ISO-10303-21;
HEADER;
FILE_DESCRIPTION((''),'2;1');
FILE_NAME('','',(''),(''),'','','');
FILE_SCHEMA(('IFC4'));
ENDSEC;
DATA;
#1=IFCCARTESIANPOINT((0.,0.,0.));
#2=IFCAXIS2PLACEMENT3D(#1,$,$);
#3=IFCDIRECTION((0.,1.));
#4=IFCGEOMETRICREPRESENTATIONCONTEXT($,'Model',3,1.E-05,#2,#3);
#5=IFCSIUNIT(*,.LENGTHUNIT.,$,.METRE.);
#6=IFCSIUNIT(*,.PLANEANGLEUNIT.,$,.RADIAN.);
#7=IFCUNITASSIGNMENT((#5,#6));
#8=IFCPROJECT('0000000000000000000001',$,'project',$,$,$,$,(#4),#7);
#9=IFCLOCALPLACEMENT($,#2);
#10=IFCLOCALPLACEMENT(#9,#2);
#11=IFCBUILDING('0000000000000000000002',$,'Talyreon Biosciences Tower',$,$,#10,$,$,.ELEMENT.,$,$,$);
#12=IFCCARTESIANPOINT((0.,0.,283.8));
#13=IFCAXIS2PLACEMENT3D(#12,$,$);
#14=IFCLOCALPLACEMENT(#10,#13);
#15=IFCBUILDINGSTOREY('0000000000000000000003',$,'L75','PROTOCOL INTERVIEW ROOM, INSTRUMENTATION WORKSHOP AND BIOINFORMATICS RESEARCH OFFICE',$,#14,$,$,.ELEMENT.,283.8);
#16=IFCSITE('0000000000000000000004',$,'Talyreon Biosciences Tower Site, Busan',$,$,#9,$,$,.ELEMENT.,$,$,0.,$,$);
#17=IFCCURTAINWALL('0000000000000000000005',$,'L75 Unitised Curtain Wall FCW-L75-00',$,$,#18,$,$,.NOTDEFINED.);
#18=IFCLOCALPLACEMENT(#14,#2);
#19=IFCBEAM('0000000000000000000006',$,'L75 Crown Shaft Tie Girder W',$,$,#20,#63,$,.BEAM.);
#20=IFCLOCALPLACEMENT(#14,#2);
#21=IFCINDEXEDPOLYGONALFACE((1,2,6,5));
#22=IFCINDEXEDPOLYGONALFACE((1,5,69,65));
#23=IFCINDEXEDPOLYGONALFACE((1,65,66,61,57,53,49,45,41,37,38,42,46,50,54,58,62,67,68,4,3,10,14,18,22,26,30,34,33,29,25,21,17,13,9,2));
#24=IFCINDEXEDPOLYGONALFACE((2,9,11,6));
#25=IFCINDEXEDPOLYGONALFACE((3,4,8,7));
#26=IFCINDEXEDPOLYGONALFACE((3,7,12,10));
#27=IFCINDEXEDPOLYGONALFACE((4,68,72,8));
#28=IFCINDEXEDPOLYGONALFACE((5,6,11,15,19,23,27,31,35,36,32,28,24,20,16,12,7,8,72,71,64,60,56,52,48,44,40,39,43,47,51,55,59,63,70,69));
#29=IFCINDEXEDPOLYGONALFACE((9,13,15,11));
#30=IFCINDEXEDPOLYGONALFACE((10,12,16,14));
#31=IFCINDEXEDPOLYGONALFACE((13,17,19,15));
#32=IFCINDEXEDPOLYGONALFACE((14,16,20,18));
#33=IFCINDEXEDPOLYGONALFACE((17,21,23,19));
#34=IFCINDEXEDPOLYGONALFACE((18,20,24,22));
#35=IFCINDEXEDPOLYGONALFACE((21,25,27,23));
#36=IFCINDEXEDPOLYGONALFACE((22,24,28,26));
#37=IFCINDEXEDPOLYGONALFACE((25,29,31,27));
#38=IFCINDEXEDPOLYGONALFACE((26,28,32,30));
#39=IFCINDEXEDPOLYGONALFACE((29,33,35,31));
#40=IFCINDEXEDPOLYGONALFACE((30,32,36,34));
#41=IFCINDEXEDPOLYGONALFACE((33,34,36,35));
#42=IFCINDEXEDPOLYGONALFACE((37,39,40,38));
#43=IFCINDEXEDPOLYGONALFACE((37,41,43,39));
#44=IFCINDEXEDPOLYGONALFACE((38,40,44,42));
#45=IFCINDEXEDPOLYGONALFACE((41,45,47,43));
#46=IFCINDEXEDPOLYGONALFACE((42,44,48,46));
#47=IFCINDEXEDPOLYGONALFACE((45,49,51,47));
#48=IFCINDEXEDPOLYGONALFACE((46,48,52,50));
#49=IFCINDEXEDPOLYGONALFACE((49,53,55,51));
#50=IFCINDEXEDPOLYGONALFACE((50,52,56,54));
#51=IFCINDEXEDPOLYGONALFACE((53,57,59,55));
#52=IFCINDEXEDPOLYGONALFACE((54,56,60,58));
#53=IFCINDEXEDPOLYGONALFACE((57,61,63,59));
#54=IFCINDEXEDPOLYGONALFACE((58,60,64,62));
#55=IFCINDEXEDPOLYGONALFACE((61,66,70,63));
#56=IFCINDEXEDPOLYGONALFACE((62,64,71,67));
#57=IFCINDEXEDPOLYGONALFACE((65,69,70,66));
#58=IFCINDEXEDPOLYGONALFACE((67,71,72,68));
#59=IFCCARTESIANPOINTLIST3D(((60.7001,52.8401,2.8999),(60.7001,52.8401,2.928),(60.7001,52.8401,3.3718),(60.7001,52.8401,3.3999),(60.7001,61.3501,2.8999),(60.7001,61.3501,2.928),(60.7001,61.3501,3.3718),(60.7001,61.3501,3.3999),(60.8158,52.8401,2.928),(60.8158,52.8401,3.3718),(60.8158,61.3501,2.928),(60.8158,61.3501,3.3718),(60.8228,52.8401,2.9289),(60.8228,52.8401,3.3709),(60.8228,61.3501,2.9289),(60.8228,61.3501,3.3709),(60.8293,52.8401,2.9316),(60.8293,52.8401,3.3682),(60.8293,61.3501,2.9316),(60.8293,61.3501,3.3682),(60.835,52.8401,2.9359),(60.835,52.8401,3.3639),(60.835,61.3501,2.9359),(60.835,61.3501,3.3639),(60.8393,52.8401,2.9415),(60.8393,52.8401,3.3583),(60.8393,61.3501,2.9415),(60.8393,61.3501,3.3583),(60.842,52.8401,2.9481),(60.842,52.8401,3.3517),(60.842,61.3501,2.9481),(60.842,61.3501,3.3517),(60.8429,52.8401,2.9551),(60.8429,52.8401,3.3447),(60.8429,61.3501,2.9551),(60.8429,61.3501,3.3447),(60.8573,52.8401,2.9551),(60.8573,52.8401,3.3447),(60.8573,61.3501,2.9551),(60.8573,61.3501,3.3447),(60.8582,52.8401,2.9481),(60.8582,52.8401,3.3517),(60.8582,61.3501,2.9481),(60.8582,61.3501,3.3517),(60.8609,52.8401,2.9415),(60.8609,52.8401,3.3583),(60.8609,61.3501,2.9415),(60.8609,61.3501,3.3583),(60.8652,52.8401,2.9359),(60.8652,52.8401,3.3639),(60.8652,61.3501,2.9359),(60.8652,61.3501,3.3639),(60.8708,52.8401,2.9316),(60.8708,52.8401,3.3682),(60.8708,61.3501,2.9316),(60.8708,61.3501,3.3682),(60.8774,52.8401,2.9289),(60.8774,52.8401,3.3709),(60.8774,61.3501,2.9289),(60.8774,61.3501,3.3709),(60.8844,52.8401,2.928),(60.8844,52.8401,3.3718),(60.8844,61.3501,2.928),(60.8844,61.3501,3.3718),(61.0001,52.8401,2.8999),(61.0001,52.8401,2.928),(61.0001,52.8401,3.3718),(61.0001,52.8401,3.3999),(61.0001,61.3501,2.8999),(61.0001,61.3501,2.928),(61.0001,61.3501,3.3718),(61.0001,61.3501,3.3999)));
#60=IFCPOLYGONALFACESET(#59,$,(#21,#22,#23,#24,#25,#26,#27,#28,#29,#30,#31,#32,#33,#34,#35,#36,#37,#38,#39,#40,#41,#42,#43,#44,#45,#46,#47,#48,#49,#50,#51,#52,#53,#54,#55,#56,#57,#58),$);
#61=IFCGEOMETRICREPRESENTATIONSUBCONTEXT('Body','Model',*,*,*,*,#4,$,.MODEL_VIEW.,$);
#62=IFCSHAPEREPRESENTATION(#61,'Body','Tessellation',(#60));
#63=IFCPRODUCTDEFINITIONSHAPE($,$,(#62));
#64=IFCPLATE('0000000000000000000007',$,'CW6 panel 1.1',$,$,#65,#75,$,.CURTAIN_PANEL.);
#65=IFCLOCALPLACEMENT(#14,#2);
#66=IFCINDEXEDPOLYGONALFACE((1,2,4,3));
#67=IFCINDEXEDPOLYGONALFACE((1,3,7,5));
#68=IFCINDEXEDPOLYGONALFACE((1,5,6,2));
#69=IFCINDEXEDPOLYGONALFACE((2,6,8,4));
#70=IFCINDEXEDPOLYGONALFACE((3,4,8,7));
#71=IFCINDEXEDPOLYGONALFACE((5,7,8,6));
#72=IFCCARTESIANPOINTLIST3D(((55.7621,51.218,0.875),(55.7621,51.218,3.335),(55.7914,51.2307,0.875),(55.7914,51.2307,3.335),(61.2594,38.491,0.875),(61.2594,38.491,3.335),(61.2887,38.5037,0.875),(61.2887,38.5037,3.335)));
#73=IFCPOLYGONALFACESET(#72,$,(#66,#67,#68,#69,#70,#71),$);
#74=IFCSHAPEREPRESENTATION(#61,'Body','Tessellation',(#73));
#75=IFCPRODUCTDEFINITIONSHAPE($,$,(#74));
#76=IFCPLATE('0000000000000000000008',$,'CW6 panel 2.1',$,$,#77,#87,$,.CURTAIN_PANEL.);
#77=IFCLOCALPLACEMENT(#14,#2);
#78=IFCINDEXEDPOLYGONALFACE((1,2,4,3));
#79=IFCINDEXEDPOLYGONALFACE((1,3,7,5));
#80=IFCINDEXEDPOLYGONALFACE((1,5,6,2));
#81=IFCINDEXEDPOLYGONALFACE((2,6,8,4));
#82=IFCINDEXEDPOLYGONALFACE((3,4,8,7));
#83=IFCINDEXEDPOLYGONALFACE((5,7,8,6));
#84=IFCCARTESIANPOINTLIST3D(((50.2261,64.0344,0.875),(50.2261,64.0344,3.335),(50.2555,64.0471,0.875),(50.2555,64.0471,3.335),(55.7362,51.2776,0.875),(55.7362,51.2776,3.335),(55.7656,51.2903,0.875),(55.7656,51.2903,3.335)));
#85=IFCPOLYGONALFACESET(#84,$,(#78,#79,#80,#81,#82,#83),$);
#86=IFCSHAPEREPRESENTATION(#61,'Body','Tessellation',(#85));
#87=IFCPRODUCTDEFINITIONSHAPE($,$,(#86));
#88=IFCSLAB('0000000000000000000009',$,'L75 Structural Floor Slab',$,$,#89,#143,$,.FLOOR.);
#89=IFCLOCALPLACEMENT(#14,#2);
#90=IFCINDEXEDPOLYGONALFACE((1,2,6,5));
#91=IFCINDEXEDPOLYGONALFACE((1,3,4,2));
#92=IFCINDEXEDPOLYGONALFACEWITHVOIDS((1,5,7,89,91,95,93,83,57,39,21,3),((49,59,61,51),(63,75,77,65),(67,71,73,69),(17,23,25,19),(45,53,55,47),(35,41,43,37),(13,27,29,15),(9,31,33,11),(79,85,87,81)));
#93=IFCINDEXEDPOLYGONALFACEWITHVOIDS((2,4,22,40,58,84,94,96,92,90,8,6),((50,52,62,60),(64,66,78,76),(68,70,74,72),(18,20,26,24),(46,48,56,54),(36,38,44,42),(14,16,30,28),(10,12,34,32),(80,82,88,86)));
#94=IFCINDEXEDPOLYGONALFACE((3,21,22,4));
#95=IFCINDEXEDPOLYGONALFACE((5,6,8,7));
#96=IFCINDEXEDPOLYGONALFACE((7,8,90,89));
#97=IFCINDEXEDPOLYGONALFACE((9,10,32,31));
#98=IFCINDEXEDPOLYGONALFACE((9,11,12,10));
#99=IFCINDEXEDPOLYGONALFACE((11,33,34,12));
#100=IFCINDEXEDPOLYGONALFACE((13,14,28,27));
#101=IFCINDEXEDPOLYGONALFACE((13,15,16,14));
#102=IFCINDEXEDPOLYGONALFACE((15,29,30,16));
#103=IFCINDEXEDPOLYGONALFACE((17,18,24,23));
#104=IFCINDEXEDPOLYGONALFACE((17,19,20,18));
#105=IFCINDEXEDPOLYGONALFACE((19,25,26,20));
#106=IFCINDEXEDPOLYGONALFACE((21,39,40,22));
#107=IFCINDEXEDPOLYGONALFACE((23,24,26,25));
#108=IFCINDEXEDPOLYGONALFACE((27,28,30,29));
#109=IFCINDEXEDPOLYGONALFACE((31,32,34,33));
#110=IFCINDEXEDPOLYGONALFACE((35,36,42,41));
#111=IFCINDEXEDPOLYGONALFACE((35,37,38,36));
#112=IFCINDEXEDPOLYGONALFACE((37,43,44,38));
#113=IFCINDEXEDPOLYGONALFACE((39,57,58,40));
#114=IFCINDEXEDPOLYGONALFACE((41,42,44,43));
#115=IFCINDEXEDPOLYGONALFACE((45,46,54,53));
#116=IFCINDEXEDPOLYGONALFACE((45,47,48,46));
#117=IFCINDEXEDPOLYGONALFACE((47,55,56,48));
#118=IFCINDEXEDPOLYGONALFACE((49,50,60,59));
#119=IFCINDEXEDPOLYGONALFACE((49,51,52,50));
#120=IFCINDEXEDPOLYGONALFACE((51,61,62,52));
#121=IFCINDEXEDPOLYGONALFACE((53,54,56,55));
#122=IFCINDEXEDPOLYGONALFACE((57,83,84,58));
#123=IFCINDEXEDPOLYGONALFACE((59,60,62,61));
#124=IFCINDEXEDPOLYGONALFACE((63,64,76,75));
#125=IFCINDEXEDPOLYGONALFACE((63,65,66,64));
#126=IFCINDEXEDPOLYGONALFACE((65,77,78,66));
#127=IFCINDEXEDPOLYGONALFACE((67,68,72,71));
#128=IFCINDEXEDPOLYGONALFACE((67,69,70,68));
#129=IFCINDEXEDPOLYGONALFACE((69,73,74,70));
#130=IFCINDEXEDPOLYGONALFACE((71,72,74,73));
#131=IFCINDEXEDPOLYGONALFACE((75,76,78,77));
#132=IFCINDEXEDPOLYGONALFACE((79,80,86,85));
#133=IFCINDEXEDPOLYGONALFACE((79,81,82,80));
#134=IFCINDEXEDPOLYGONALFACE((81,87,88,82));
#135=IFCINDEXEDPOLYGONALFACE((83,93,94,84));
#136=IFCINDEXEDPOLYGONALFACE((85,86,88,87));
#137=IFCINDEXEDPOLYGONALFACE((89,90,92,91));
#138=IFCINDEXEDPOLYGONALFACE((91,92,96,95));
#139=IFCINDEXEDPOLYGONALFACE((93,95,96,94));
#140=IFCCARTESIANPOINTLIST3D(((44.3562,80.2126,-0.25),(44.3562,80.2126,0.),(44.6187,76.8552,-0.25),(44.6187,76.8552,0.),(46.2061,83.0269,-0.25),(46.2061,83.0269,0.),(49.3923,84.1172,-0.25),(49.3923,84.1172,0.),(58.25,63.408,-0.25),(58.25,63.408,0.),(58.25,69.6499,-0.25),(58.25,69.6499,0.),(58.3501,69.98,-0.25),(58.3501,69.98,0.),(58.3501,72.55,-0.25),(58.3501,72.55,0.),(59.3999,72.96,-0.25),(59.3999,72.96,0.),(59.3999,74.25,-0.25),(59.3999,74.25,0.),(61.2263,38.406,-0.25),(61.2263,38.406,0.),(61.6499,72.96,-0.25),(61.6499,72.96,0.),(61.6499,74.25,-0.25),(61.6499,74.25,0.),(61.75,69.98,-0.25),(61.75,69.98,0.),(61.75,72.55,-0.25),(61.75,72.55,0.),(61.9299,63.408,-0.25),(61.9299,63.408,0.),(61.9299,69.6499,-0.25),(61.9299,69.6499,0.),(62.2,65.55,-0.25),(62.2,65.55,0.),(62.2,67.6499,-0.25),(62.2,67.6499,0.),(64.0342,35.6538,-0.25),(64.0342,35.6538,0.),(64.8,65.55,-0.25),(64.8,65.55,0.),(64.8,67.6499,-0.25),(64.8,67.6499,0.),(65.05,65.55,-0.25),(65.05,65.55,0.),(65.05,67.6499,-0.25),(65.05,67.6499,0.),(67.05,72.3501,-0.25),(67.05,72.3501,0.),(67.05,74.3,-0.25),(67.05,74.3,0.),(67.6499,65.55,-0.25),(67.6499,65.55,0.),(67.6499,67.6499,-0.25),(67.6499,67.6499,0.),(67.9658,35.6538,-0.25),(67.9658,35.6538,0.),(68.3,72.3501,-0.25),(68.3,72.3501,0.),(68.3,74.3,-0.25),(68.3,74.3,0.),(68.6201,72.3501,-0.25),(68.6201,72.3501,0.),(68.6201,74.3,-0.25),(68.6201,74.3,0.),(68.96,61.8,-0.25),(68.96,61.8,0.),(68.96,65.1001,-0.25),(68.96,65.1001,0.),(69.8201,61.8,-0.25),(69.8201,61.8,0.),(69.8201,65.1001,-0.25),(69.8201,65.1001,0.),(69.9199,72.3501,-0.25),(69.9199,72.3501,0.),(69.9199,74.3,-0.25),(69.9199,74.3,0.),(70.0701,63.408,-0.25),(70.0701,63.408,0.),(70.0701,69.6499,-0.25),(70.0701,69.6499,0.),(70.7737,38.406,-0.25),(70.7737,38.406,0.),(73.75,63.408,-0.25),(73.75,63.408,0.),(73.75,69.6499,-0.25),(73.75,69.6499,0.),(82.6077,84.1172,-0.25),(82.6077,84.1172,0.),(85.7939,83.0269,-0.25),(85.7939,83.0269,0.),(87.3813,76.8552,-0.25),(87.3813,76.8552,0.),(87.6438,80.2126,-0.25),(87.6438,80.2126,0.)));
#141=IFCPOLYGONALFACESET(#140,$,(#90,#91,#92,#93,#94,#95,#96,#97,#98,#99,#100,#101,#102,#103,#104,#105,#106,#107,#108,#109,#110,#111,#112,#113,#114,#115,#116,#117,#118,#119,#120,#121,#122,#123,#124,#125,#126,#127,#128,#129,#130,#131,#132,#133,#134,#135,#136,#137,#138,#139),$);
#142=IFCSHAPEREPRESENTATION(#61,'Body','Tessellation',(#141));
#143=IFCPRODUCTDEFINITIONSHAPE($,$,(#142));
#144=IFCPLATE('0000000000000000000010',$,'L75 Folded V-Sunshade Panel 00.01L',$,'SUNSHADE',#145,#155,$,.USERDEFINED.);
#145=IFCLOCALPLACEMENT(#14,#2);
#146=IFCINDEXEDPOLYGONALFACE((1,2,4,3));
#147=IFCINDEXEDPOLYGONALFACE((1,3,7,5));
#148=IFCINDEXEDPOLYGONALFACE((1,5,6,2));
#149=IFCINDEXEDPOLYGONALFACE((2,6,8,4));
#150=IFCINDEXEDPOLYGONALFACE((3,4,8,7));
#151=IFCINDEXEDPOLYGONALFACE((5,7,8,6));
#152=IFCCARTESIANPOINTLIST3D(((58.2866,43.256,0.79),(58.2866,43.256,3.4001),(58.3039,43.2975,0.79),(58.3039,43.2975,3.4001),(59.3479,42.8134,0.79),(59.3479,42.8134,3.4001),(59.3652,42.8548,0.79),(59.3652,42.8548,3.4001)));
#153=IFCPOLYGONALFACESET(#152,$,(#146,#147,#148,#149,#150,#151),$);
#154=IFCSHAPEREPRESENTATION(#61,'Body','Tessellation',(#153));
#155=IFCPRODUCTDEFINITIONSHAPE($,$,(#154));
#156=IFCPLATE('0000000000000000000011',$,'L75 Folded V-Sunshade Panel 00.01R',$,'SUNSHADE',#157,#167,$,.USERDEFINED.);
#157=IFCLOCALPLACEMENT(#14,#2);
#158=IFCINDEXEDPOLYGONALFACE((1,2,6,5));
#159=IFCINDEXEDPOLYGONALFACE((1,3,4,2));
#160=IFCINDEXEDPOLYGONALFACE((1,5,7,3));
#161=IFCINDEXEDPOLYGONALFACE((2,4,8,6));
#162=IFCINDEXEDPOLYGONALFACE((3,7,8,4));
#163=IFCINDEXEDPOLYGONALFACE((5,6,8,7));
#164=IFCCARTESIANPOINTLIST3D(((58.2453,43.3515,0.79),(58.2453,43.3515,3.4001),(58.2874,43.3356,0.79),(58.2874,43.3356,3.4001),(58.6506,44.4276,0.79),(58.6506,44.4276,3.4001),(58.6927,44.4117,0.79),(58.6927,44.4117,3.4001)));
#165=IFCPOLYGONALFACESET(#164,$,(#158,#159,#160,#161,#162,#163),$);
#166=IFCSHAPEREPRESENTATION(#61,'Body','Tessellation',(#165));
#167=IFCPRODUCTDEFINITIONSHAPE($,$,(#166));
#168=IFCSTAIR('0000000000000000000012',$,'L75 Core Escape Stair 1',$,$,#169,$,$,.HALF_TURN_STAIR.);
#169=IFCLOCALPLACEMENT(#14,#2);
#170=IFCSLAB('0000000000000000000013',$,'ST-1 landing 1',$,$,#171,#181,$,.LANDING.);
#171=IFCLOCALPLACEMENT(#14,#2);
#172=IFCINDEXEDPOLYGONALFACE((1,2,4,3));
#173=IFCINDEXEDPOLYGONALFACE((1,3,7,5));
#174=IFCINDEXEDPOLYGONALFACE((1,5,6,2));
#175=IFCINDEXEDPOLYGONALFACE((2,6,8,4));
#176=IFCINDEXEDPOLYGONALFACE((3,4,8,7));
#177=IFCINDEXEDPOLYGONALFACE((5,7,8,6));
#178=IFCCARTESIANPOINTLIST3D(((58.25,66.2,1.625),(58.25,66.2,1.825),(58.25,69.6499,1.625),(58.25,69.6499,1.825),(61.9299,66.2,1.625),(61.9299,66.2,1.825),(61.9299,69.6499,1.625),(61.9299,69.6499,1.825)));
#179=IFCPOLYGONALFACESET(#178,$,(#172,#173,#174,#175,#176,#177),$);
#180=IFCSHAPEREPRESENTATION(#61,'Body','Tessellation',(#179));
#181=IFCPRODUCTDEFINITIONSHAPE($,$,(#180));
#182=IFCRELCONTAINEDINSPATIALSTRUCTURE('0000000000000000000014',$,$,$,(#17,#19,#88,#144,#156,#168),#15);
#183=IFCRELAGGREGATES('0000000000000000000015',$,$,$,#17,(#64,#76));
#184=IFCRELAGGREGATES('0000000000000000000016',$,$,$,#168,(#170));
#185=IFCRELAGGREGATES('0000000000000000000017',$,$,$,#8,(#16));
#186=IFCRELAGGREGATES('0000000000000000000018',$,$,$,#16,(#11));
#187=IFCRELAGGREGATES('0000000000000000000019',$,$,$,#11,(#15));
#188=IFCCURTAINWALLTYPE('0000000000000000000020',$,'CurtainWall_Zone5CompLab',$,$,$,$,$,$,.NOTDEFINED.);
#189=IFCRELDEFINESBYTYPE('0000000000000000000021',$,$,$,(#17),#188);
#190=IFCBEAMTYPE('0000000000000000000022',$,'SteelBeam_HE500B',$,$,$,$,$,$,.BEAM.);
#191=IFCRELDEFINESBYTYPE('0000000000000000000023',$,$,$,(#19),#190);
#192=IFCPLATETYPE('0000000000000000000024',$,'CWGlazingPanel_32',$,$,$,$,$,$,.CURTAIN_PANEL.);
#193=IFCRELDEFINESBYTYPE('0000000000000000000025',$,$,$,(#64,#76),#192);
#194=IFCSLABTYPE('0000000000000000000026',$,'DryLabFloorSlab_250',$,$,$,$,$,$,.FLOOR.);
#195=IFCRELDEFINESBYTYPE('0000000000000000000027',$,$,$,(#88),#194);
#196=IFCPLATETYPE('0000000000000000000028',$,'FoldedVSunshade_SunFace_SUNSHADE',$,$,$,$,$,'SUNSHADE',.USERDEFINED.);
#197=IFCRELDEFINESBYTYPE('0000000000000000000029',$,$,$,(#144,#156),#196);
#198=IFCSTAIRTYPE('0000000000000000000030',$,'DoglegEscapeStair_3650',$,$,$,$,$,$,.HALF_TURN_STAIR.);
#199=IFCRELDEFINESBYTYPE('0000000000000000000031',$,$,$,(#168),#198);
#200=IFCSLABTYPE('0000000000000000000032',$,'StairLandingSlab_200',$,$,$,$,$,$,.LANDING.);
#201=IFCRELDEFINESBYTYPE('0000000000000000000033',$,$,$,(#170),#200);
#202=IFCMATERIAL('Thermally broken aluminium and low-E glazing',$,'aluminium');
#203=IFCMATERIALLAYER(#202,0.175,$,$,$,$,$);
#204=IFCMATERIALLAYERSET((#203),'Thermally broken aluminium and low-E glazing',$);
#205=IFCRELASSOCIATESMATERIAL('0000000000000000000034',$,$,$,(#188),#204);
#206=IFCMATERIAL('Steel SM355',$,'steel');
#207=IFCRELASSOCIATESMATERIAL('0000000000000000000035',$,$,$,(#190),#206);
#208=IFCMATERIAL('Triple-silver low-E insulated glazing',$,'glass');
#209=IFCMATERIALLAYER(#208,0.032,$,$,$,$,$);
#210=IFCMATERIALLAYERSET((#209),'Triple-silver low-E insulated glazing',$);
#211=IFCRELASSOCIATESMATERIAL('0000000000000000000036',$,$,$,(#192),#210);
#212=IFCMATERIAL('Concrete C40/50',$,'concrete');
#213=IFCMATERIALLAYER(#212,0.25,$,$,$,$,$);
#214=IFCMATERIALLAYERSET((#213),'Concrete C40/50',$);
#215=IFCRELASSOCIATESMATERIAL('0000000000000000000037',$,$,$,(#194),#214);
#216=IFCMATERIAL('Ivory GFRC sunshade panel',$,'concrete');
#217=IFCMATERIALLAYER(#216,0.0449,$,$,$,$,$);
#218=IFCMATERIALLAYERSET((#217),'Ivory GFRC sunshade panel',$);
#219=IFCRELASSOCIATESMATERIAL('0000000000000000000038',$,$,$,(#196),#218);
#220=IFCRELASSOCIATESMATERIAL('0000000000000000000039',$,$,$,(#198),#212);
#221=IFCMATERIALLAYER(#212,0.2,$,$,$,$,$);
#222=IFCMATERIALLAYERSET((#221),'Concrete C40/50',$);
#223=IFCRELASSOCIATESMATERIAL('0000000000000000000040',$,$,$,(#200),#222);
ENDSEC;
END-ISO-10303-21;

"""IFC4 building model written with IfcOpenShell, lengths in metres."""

from ifc_helpers import new_model, si_unit, direction, frame, origin, origin_2d, place, context, subcontext, project, spatial, polyline, rectangle, i_section, outline, extrude, material, layer, layer_set, material_profile, profile_set, type_object, element, aggregate, save


model = new_model("IFC4")

# Units and contexts
model_context = context("Model", 3, precision=1e-05, world=origin(), true_north=direction((0.0, 1.0)))
body_context = subcontext(model_context, "Body", "Model", "MODEL_VIEW")
ifc_project = project(units=[si_unit("LENGTHUNIT", "METRE"), si_unit("PLANEANGLEUNIT", "RADIAN")], contexts=[model_context])

# Site, building, storey
site_placement = place(None, origin())
site = spatial("IfcSite", under=ifc_project, at=site_placement, Name="Talyreon Biosciences Tower Site, Busan", CompositionType="ELEMENT", RefElevation=0.0)
building_placement = place(site_placement, origin())
building = spatial("IfcBuilding", under=site, at=building_placement, Name="Talyreon Biosciences Tower", CompositionType="ELEMENT")
storey_placement = place(building_placement, frame((0.0, 0.0, 283.8)))
storey = spatial("IfcBuildingStorey", under=building, at=storey_placement, Name="L75", Description="PROTOCOL INTERVIEW ROOM, INSTRUMENTATION WORKSHOP AND BIOINFORMATICS RESEARCH OFFICE", CompositionType="ELEMENT", Elevation=283.8)

# Curtain wall
ifc_material_1 = material(Name="Thermally broken aluminium and low-E glazing", Category="aluminium")
ifc_layer_1 = layer(ifc_material_1, 0.175)
ifc_layer_set_1 = layer_set([ifc_layer_1], Name="Thermally broken aluminium and low-E glazing")
curtain_wall_type = type_object("IfcCurtainWallType", Name="CurtainWall_Zone5CompLab", PredefinedType="NOTDEFINED", material=ifc_layer_set_1)
curtain_wall_placement = place(storey_placement, origin())
curtain_wall = element("IfcCurtainWall", 1, at=curtain_wall_placement, inside=storey, type_object=curtain_wall_type, Name="L75 Unitised Curtain Wall FCW-L75-00", PredefinedType="NOTDEFINED")

# Beam
ifc_material_2 = material(Name="Steel SM355", Category="steel")
ifc_material_profile_1 = material_profile(ifc_material_2, i_section(OverallWidth=0.3, OverallDepth=0.5, WebThickness=0.0144, FlangeThickness=0.0281, FilletRadius=0.0271, at=origin_2d()), Name="HE500B")
ifc_profile_set_1 = profile_set([ifc_material_profile_1], Name="Steel SM355")
beam_type_1 = type_object("IfcBeamType", Name="SteelBeam_HE500B", PredefinedType="BEAM", material=ifc_profile_set_1)
beam_1_placement = place(storey_placement, frame((60.8501, 52.8401, 3.1499), z_axis=(0.0, 1.0, 0.0), x_axis=(-1.0, 0.0, 0.0)))
element("IfcBeam", 2, at=beam_1_placement, inside=storey, type_object=beam_type_1, Name="L75 Crown Shaft Tie Girder W", PredefinedType="BEAM", context=body_context, shape_type="SweptSolid", body=[
    extrude(i_section(OverallWidth=0.3, OverallDepth=0.5, WebThickness=0.0144, FlangeThickness=0.0281, FilletRadius=0.0271, at=origin_2d()), origin(), (0.0, 0.0, 1.0), 8.51),
])

# Plates
ifc_material_3 = material(Name="Triple-silver low-E insulated glazing", Category="glass")
ifc_layer_2 = layer(ifc_material_3, 0.032)
ifc_layer_set_2 = layer_set([ifc_layer_2], Name="Triple-silver low-E insulated glazing")
plate_type_1 = type_object("IfcPlateType", Name="CWGlazingPanel_32", PredefinedType="CURTAIN_PANEL", material=ifc_layer_set_2)
plate_1_placement = place(storey_placement, frame((58.5254, 44.8608, 0.875), z_axis=(0.0, 0.0, 1.0), x_axis=(-0.396528, 0.918022, 0.0)))
plate_1 = element("IfcPlate", 3, at=plate_1_placement, type_object=plate_type_1, Name="CW6 panel 1.1", PredefinedType="CURTAIN_PANEL", context=body_context, shape_type="SweptSolid", body=[
    extrude(rectangle(XDim=13.8635, YDim=0.032, at=origin_2d()), origin(), (0.0, 0.0, 1.0), 2.46),
])
plate_2_placement = place(storey_placement, frame((52.9958, 57.6624, 0.875), z_axis=(0.0, 0.0, 1.0), x_axis=(-0.396528, 0.918022, 0.0)))
plate_2 = element("IfcPlate", 4, at=plate_2_placement, type_object=plate_type_1, Name="CW6 panel 2.1", PredefinedType="CURTAIN_PANEL", context=body_context, shape_type="SweptSolid", body=[
    extrude(rectangle(XDim=13.896, YDim=0.032, at=origin_2d()), origin(), (0.0, 0.0, 1.0), 2.46),
])
aggregate(curtain_wall, [plate_1, plate_2])

# Slab
ifc_material_4 = material(Name="Concrete C40/50", Category="concrete")
ifc_layer_3 = layer(ifc_material_4, 0.25)
ifc_layer_set_3 = layer_set([ifc_layer_3], Name="Concrete C40/50")
slab_type_1 = type_object("IfcSlabType", Name="DryLabFloorSlab_250", PredefinedType="FLOOR", material=ifc_layer_set_3)
slab_1_placement = place(storey_placement, frame((0.0, 0.0, -0.25)))
element("IfcSlab", 5, at=slab_1_placement, inside=storey, type_object=slab_type_1, Name="L75 Structural Floor Slab", PredefinedType="FLOOR", context=body_context, shape_type="SweptSolid", body=[
    extrude(outline(polyline([(61.2263, 38.406), (44.6187, 76.8552), (44.3562, 80.2126), (46.2061, 83.0269), (49.3923, 84.1172), (82.6077, 84.1172), (85.7939, 83.0269), (87.6438, 80.2126), (87.3813, 76.8552), (70.7737, 38.406), (67.9658, 35.6538), (64.0342, 35.6538), (61.2263, 38.406)]), holes=[polyline([(69.8201, 65.1001), (69.8201, 61.8), (68.96, 61.8), (68.96, 65.1001), (69.8201, 65.1001)]), polyline([(61.9299, 69.6499), (61.9299, 63.408), (58.25, 63.408), (58.25, 69.6499), (61.9299, 69.6499)]), polyline([(73.75, 69.6499), (73.75, 63.408), (70.0701, 63.408), (70.0701, 69.6499), (73.75, 69.6499)]), polyline([(64.8, 67.6499), (64.8, 65.55), (62.2, 65.55), (62.2, 67.6499), (64.8, 67.6499)]), polyline([(67.6499, 67.6499), (67.6499, 65.55), (65.05, 65.55), (65.05, 67.6499), (67.6499, 67.6499)]), polyline([(61.75, 72.55), (61.75, 69.98), (58.3501, 69.98), (58.3501, 72.55), (61.75, 72.55)]), polyline([(68.3, 74.3), (68.3, 72.3501), (67.05, 72.3501), (67.05, 74.3), (68.3, 74.3)]), polyline([(69.9199, 72.3501), (68.6201, 72.3501), (68.6201, 74.3), (69.9199, 74.3), (69.9199, 72.3501)]), polyline([(61.6499, 72.96), (59.3999, 72.96), (59.3999, 74.25), (61.6499, 74.25), (61.6499, 72.96)])]), origin(), (0.0, 0.0, 1.0), 0.25),
])

# Plates
ifc_material_5 = material(Name="Ivory GFRC sunshade panel", Category="concrete")
ifc_layer_4 = layer(ifc_material_5, 0.0449)
ifc_layer_set_4 = layer_set([ifc_layer_4], Name="Ivory GFRC sunshade panel")
plate_type_2 = type_object("IfcPlateType", Name="FoldedVSunshade_SunFace_SUNSHADE", ElementType="SUNSHADE", PredefinedType="USERDEFINED", material=ifc_layer_set_4)
for number, where, z_axis, x_axis, name in (
    (6, (58.8259, 43.0554, 0.79), (0.0, 0.0, 1.0), (-0.922948, 0.384924, 0.0), "L75 Folded V-Sunshade Panel 00.01L"),
    (7, (58.469, 43.8816, 0.79), (0.0, 0.0, 1.0), (0.352479, 0.93582, 0.0), "L75 Folded V-Sunshade Panel 00.01R"),
):
    element("IfcPlate", number, at=place(storey_placement, frame(where, z_axis=z_axis, x_axis=x_axis)), inside=storey, type_object=plate_type_2, Name=name, ObjectType="SUNSHADE", PredefinedType="USERDEFINED", context=body_context, shape_type="SweptSolid", body=[
        extrude(rectangle(XDim=1.1499, YDim=0.0449, at=origin_2d()), origin(), (0.0, 0.0, 1.0), 2.6101),
    ])

# Stair, slab
stair_type = type_object("IfcStairType", Name="DoglegEscapeStair_3650", PredefinedType="HALF_TURN_STAIR", material=ifc_material_4)
stair_1_placement = place(storey_placement, origin())
stair_1 = element("IfcStair", 8, at=stair_1_placement, inside=storey, type_object=stair_type, Name="L75 Core Escape Stair 1", PredefinedType="HALF_TURN_STAIR")
ifc_layer_5 = layer(ifc_material_4, 0.2)
ifc_layer_set_5 = layer_set([ifc_layer_5], Name="Concrete C40/50")
slab_type_2 = type_object("IfcSlabType", Name="StairLandingSlab_200", PredefinedType="LANDING", material=ifc_layer_set_5)
slab_2_placement = place(storey_placement, frame((0.0, 0.0, 1.625)))
slab_2 = element("IfcSlab", 9, at=slab_2_placement, type_object=slab_type_2, Name="ST-1 landing 1", PredefinedType="LANDING", context=body_context, shape_type="SweptSolid", body=[
    extrude(outline(polyline([(61.9299, 66.2), (61.9299, 69.6499), (58.25, 69.6499), (58.25, 66.2), (61.9299, 66.2)])), origin(), (0.0, 0.0, 1.0), 0.2),
])
aggregate(stair_1, [slab_2])

save(model, "model.ifc")
